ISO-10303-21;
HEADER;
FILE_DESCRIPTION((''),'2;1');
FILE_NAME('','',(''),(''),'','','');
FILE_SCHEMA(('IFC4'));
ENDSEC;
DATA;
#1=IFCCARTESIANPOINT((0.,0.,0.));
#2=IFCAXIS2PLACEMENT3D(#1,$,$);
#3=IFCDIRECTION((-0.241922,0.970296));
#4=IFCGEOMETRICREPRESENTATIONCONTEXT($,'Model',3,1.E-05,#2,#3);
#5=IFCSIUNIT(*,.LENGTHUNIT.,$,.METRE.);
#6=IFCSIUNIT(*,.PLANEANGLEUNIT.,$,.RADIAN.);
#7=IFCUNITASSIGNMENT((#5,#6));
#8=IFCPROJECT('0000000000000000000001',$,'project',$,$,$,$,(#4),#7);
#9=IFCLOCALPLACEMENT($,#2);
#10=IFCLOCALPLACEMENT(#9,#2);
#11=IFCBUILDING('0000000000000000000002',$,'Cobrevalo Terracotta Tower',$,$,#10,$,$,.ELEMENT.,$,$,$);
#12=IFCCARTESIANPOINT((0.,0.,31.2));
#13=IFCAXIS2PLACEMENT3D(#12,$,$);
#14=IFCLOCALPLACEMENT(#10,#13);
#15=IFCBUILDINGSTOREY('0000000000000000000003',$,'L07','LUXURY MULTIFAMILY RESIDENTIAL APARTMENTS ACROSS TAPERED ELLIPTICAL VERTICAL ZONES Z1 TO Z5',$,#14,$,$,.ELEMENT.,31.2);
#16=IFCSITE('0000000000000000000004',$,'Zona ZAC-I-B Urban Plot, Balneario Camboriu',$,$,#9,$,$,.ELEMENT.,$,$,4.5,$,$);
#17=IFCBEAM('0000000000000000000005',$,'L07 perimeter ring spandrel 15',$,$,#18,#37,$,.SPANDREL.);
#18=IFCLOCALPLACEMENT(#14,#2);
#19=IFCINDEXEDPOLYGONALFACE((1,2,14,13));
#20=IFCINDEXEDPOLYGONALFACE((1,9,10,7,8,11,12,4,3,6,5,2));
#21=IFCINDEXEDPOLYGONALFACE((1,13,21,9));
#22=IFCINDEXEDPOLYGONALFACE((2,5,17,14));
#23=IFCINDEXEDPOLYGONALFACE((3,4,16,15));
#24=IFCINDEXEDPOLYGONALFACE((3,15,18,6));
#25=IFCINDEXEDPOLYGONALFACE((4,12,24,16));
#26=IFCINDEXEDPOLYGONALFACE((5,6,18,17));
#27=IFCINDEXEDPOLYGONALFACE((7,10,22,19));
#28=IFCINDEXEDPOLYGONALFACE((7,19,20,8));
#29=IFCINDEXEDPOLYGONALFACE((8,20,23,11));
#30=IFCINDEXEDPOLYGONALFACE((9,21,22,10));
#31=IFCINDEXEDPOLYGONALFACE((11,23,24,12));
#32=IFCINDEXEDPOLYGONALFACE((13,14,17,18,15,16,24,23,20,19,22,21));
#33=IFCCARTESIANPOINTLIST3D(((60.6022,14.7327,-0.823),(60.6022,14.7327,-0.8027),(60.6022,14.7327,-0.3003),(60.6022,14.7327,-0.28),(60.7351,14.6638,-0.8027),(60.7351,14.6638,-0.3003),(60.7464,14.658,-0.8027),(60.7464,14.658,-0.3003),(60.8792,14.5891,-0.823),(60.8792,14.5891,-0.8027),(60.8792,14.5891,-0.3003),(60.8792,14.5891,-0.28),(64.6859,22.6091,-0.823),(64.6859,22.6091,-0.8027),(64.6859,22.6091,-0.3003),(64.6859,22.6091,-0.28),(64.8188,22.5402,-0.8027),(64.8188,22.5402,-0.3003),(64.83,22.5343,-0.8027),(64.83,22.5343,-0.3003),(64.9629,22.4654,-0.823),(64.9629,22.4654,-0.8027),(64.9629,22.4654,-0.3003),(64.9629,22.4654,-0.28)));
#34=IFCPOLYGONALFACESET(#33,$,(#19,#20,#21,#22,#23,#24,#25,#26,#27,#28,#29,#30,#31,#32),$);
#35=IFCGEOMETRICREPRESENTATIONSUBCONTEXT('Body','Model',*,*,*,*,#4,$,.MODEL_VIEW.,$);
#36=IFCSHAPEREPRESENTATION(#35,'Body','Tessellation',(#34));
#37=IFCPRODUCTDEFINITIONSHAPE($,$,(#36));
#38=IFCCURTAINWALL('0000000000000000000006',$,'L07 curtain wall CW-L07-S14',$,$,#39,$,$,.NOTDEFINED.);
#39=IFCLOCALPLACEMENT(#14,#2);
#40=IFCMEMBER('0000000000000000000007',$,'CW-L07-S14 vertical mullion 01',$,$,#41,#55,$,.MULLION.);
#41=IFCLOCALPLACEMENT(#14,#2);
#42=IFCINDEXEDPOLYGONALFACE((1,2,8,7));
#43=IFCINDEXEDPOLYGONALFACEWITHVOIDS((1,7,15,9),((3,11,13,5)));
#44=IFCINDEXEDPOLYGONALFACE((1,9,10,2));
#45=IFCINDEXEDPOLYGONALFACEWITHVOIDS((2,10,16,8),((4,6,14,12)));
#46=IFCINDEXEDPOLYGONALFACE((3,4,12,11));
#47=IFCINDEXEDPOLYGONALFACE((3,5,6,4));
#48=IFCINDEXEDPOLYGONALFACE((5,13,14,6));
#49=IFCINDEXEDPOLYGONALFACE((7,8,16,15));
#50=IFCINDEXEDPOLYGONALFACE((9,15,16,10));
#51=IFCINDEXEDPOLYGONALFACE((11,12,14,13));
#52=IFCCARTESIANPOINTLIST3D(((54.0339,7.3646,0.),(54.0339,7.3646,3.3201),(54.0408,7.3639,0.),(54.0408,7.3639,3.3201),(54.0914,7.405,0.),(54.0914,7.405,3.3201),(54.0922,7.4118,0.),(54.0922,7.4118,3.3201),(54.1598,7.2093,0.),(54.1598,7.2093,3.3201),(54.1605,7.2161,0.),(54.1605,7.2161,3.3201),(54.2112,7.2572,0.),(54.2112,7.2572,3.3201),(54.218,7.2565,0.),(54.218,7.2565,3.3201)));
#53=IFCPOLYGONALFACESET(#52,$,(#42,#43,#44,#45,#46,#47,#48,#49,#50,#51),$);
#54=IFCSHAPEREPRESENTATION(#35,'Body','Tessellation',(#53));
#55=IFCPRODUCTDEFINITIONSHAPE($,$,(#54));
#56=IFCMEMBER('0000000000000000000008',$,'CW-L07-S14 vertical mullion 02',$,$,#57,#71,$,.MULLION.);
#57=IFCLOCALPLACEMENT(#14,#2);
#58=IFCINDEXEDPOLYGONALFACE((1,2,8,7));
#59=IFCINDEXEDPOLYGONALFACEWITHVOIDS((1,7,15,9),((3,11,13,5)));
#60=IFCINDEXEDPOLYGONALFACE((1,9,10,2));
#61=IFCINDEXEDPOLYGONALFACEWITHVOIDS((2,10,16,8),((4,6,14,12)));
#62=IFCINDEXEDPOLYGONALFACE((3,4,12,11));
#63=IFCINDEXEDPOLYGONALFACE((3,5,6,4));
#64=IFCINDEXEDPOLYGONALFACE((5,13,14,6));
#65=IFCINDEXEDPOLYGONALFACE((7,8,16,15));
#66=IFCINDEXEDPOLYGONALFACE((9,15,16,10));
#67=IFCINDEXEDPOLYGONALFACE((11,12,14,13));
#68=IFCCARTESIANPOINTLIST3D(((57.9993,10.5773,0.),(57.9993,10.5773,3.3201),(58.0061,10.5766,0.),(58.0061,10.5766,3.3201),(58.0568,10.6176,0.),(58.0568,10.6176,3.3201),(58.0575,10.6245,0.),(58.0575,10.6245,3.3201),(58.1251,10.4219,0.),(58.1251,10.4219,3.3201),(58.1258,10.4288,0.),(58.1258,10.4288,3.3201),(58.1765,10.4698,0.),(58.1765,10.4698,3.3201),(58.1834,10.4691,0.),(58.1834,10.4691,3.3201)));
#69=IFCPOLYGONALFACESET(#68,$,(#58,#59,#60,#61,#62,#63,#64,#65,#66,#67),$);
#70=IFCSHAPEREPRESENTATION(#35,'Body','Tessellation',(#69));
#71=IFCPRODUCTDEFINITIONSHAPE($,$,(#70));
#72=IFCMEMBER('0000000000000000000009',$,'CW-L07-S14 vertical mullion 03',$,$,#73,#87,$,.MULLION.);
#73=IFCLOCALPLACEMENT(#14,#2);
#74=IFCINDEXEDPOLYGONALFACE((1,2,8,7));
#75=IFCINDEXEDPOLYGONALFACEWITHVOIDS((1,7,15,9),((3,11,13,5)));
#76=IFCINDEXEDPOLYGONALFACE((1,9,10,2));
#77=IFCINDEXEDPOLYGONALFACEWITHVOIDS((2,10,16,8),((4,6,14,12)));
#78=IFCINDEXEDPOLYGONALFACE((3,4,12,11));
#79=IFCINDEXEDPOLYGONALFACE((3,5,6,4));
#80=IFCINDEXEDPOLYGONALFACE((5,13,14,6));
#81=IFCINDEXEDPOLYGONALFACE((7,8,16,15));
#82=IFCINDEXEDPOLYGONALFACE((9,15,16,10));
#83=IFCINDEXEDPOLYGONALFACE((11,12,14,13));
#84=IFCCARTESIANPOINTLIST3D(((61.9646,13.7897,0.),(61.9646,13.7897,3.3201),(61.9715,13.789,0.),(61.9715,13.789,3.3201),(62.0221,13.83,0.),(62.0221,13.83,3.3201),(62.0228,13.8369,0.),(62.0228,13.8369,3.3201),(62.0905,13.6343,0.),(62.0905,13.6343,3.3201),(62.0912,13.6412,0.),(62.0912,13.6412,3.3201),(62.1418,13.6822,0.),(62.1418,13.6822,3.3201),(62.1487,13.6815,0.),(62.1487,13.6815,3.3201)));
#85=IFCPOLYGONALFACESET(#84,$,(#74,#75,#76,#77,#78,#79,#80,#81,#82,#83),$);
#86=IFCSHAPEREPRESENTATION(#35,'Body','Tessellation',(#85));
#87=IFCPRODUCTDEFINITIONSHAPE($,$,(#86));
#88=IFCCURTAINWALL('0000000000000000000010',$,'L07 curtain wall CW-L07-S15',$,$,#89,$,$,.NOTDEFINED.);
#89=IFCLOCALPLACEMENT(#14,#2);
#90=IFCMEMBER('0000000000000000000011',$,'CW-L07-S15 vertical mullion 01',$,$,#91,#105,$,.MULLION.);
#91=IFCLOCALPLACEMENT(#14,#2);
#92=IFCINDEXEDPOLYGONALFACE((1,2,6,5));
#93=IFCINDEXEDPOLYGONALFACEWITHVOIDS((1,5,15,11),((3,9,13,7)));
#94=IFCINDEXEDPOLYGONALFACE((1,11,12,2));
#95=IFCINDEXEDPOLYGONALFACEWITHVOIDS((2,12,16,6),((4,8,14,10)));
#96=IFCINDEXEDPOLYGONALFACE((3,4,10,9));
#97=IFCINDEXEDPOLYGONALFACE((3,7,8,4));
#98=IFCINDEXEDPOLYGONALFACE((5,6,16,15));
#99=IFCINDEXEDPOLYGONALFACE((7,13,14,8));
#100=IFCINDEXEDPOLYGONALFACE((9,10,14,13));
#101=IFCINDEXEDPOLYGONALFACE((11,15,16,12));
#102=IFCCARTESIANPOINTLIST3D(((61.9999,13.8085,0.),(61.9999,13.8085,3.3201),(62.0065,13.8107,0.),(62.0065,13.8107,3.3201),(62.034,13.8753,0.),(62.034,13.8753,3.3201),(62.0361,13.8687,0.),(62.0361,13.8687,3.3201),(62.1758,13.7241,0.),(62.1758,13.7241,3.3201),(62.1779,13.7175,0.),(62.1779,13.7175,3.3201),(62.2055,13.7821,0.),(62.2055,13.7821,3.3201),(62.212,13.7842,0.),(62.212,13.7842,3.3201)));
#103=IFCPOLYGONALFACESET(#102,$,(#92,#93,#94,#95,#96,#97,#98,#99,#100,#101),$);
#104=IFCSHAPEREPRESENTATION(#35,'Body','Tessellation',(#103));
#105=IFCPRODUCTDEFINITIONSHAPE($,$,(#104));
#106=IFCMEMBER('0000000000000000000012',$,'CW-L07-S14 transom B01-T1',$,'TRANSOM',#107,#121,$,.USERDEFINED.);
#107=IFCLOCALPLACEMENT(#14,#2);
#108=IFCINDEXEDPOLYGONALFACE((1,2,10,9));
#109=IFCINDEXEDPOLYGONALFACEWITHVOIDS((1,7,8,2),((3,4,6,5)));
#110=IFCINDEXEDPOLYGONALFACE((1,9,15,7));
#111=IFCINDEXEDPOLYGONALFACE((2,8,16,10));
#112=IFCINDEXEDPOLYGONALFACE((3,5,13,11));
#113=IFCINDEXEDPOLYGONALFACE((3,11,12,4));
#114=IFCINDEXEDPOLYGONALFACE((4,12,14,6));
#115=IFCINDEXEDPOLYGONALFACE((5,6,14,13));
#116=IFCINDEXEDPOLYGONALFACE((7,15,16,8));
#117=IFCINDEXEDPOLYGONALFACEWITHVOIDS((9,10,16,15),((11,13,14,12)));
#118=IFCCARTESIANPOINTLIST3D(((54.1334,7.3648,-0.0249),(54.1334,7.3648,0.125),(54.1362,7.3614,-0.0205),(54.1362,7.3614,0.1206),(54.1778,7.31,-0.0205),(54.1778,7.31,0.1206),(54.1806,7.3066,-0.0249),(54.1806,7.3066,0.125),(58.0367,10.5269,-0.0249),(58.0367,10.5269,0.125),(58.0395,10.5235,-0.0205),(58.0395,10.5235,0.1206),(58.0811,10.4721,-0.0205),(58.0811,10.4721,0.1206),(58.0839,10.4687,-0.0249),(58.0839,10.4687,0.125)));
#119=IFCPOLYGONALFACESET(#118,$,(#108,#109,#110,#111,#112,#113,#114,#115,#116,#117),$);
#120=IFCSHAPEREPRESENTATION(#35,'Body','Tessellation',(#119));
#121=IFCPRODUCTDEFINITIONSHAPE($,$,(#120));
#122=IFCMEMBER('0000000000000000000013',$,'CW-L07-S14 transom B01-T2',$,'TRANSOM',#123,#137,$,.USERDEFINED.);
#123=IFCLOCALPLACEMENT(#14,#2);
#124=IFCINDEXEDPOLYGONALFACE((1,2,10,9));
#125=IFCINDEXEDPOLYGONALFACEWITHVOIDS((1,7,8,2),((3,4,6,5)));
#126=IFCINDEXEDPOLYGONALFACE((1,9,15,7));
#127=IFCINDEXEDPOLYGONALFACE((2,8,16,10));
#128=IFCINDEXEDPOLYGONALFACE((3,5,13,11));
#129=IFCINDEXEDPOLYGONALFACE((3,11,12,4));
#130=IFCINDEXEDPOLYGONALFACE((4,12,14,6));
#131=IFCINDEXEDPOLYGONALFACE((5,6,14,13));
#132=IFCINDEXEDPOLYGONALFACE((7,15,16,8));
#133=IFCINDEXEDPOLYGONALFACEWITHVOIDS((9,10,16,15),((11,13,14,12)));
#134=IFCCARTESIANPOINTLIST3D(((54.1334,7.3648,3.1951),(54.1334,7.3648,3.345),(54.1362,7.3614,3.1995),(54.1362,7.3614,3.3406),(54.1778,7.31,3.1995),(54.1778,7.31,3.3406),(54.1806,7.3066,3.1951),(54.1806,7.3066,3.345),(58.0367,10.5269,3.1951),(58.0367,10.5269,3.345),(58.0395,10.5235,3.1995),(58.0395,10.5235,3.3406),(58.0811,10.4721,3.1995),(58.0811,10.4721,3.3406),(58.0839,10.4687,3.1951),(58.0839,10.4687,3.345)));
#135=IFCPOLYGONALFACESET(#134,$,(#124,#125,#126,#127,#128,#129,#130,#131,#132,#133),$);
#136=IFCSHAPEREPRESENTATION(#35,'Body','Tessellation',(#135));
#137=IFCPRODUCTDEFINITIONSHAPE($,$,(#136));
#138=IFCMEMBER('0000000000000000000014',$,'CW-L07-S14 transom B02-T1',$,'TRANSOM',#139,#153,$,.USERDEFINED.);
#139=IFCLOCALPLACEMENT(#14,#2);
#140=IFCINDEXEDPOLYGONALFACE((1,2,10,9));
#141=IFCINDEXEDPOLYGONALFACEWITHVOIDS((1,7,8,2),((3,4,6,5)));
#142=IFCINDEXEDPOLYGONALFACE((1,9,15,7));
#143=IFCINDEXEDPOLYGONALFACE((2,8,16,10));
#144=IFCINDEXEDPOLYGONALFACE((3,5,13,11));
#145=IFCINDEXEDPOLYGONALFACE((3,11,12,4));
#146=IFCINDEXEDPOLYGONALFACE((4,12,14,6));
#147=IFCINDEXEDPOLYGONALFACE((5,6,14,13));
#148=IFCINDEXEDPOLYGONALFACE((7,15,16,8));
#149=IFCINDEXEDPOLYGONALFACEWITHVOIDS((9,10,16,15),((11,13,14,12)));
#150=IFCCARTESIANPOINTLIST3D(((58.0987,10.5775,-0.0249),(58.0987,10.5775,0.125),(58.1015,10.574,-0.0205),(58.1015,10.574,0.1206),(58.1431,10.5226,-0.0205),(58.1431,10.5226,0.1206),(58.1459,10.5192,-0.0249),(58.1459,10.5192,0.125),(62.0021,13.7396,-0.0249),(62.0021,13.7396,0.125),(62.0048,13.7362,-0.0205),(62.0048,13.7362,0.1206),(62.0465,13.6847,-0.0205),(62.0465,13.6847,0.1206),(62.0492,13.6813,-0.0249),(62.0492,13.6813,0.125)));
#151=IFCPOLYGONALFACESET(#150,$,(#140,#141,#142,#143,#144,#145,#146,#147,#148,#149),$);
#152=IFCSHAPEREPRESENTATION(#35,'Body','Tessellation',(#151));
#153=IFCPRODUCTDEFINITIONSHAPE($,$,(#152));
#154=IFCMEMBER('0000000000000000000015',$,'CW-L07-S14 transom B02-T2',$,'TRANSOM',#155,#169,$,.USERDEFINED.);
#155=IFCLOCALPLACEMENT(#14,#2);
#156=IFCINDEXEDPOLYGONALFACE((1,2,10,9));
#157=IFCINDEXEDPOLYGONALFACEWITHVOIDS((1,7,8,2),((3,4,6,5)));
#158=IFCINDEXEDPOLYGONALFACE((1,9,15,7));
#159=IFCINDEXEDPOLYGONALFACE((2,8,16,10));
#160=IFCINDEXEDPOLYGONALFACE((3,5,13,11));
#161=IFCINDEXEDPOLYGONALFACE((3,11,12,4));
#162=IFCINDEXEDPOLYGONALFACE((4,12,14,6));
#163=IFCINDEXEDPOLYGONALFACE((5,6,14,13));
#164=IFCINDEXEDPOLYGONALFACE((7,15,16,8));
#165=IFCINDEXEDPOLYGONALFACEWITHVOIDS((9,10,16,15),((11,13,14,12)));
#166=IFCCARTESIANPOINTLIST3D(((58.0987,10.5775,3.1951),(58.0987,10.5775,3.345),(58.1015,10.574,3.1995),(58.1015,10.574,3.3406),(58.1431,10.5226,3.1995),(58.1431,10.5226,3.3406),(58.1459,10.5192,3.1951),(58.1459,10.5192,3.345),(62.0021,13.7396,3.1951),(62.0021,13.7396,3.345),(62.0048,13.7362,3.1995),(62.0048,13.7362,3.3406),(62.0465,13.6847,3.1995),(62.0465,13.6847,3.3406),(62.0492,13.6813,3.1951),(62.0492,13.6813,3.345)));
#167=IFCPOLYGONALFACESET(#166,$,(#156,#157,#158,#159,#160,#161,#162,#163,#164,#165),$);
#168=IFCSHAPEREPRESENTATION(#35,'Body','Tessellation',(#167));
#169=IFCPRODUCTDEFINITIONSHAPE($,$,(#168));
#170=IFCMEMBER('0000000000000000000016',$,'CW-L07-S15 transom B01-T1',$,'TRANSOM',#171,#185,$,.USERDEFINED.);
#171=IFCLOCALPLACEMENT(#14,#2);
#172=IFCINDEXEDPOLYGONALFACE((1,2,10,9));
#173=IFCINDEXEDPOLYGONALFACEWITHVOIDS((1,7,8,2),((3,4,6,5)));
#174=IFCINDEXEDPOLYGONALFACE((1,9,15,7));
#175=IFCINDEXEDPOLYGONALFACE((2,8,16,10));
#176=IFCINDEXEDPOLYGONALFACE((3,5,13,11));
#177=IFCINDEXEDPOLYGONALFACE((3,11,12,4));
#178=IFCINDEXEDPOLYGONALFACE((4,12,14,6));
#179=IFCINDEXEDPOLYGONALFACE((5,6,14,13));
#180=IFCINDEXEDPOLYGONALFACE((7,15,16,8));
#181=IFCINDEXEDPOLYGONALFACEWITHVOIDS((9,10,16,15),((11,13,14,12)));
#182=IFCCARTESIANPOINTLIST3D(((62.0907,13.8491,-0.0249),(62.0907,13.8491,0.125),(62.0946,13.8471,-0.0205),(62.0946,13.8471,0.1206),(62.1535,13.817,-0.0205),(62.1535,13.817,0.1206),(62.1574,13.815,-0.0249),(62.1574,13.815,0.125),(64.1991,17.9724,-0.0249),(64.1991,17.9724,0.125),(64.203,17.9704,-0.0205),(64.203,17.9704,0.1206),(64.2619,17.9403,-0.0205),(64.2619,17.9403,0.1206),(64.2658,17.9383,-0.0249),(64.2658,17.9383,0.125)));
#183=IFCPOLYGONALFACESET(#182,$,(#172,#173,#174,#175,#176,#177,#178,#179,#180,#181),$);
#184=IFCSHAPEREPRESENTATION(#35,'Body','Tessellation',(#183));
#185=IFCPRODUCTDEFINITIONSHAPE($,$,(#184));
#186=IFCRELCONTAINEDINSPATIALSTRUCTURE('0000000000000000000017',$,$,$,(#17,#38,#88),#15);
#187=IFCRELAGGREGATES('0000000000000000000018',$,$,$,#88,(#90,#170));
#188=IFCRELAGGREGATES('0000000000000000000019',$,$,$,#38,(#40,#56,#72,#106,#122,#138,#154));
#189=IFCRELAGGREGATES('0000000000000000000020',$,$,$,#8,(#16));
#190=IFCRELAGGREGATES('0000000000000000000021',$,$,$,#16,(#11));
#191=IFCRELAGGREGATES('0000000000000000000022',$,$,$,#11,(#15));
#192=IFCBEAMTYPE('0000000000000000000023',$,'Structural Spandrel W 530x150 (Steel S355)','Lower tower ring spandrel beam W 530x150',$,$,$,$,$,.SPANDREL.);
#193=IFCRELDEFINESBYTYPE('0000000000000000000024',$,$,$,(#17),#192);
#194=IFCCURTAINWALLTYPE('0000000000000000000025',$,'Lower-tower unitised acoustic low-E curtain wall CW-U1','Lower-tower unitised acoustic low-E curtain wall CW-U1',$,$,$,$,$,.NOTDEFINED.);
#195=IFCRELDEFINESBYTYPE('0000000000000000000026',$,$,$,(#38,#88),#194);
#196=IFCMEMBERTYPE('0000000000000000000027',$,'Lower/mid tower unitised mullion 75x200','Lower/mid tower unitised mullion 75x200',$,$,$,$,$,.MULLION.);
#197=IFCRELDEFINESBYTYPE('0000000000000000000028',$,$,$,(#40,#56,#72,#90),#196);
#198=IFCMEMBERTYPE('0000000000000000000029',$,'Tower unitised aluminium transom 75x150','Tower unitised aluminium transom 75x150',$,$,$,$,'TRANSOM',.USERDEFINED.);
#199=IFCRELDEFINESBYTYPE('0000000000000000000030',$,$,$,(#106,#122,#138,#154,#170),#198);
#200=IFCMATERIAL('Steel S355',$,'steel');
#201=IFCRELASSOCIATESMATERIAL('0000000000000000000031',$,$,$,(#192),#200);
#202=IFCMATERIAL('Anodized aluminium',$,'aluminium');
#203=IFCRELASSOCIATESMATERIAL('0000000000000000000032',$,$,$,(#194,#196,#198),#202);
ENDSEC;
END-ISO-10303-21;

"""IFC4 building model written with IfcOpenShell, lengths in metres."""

from ifc_helpers import new_model, si_unit, direction, frame, origin, origin_2d, place, context, subcontext, project, spatial, hollow_rectangle, i_section, extrude, source, transform, mapped, material, material_profile, profile_set, type_object, element, aggregate, save


model = new_model("IFC4")

# Units and contexts
model_context = context("Model", 3, precision=1e-05, world=origin(), true_north=direction((-0.241922, 0.970296)))
body_context = subcontext(model_context, "Body", "Model", "MODEL_VIEW")
ifc_project = project(units=[si_unit("LENGTHUNIT", "METRE"), si_unit("PLANEANGLEUNIT", "RADIAN")], contexts=[model_context])

# Site, building, storey
site_placement = place(None, origin())
site = spatial("IfcSite", under=ifc_project, at=site_placement, Name="Zona ZAC-I-B Urban Plot, Balneario Camboriu", CompositionType="ELEMENT", RefElevation=4.5)
building_placement = place(site_placement, origin())
building = spatial("IfcBuilding", under=site, at=building_placement, Name="Cobrevalo Terracotta Tower", CompositionType="ELEMENT")
storey_placement = place(building_placement, frame((0.0, 0.0, 31.2)))
storey = spatial("IfcBuildingStorey", under=building, at=storey_placement, Name="L07", Description="LUXURY MULTIFAMILY RESIDENTIAL APARTMENTS ACROSS TAPERED ELLIPTICAL VERTICAL ZONES Z1 TO Z5", CompositionType="ELEMENT", Elevation=31.2)

# Shared definitions
ifc_material_1 = material(Name="Steel S355", Category="steel")

# Beam
ifc_material_profile_1 = material_profile(ifc_material_1, i_section(OverallWidth=0.312, OverallDepth=0.543, WebThickness=0.0127, FlangeThickness=0.0203, at=origin_2d()), Name="W 530x150")
ifc_profile_set_1 = profile_set([ifc_material_profile_1], Name="Steel S355")
beam_type_1 = type_object("IfcBeamType", Name="Structural Spandrel W 530x150 (Steel S355)", Description="Lower tower ring spandrel beam W 530x150", PredefinedType="SPANDREL", material=ifc_profile_set_1)
beam_1_placement = place(storey_placement, frame((60.7407, 14.6609, -0.5515), z_axis=(0.460286, 0.887771, 0.0), x_axis=(-0.887771, 0.460286, 0.0)))
element("IfcBeam", 1, at=beam_1_placement, inside=storey, type_object=beam_type_1, Name="L07 perimeter ring spandrel 15", PredefinedType="SPANDREL", context=body_context, shape_type="SweptSolid", body=[
    extrude(i_section(OverallWidth=0.312, OverallDepth=0.543, WebThickness=0.0127, FlangeThickness=0.0203, at=origin_2d()), origin(), (0.0, 0.0, 1.0), 8.8721),
])

# Curtain wall, members
ifc_material_2 = material(Name="Anodized aluminium", Category="aluminium")
curtain_wall_type = type_object("IfcCurtainWallType", Name="Lower-tower unitised acoustic low-E curtain wall CW-U1", Description="Lower-tower unitised acoustic low-E curtain wall CW-U1", PredefinedType="NOTDEFINED", material=ifc_material_2)
curtain_wall_1_placement = place(storey_placement, origin())
curtain_wall_1 = element("IfcCurtainWall", 2, at=curtain_wall_1_placement, inside=storey, type_object=curtain_wall_type, Name="L07 curtain wall CW-L07-S14", PredefinedType="NOTDEFINED")
ifc_material_profile_2 = material_profile(ifc_material_2, hollow_rectangle(XDim=0.075, YDim=0.2, WallThickness=0.0049, at=origin_2d()), Name="CWM 75x200")
ifc_profile_set_2 = profile_set([ifc_material_profile_2], Name="Anodized aluminium")
member_type_1 = type_object("IfcMemberType", Name="Lower/mid tower unitised mullion 75x200", Description="Lower/mid tower unitised mullion 75x200", PredefinedType="MULLION", material=ifc_profile_set_2)
shared_shape_1 = source(origin(), body_context, "Body", "SweptSolid", [
    extrude(hollow_rectangle(XDim=0.075, YDim=0.2, WallThickness=0.0049, at=origin_2d()), origin(), (0.0, 0.0, 1.0), 3.3201),
])
member_1_placement = place(storey_placement, frame((54.126, 7.3105, 0.0), z_axis=(0.0, 0.0, 1.0), x_axis=(0.777003, 0.629497, 0.0)))
member_1 = element("IfcMember", 3, at=member_1_placement, type_object=member_type_1, Name="CW-L07-S14 vertical mullion 01", PredefinedType="MULLION", context=body_context, shape_type="MappedRepresentation", body=[
    mapped(shared_shape_1, transform((0.0, 0.0, 0.0), scale=1.0)),
])
member_2_placement = place(storey_placement, frame((58.0913, 10.5232, 0.0), z_axis=(0.0, 0.0, 1.0), x_axis=(0.777003, 0.629497, 0.0)))
member_2 = element("IfcMember", 4, at=member_2_placement, type_object=member_type_1, Name="CW-L07-S14 vertical mullion 02", PredefinedType="MULLION", context=body_context, shape_type="MappedRepresentation", body=[
    mapped(shared_shape_1, transform((0.0, 0.0, 0.0), scale=1.0)),
])
member_3_placement = place(storey_placement, frame((62.0566, 13.7356, 0.0), z_axis=(0.0, 0.0, 1.0), x_axis=(0.777003, 0.629497, 0.0)))
member_3 = element("IfcMember", 5, at=member_3_placement, type_object=member_type_1, Name="CW-L07-S14 vertical mullion 03", PredefinedType="MULLION", context=body_context, shape_type="MappedRepresentation", body=[
    mapped(shared_shape_1, transform((0.0, 0.0, 0.0), scale=1.0)),
])

# Curtain wall, member
curtain_wall_2_placement = place(storey_placement, origin())
curtain_wall_2 = element("IfcCurtainWall", 6, at=curtain_wall_2_placement, inside=storey, type_object=curtain_wall_type, Name="L07 curtain wall CW-L07-S15", PredefinedType="NOTDEFINED")
member_4_placement = place(storey_placement, frame((62.106, 13.7964, 0.0), z_axis=(0.0, 0.0, 1.0), x_axis=(0.455234, 0.890372, 0.0)))
member_4 = element("IfcMember", 7, at=member_4_placement, type_object=member_type_1, Name="CW-L07-S15 vertical mullion 01", PredefinedType="MULLION", context=body_context, shape_type="MappedRepresentation", body=[
    mapped(shared_shape_1, transform((0.0, 0.0, 0.0), scale=1.0)),
])

# Members
ifc_material_profile_3 = material_profile(ifc_material_2, hollow_rectangle(XDim=0.075, YDim=0.1499, WallThickness=0.0044, at=origin_2d()), Name="CWT 75x150")
ifc_profile_set_3 = profile_set([ifc_material_profile_3], Name="Anodized aluminium")
member_type_2 = type_object("IfcMemberType", Name="Tower unitised aluminium transom 75x150", Description="Tower unitised aluminium transom 75x150", ElementType="TRANSOM", PredefinedType="USERDEFINED", material=ifc_profile_set_3)
shared_shape_2 = source(origin(), body_context, "Body", "SweptSolid", [
    extrude(hollow_rectangle(XDim=0.075, YDim=0.1499, WallThickness=0.0044, at=origin_2d()), origin(), (0.0, 0.0, 1.0), 5.0234),
])
member_5_placement = place(storey_placement, frame((54.157, 7.3357, 0.05), z_axis=(0.777023, 0.629472, 0.0), x_axis=(-0.629472, 0.777023, 0.0)))
member_5 = element("IfcMember", 8, at=member_5_placement, type_object=member_type_2, Name="CW-L07-S14 transom B01-T1", ObjectType="TRANSOM", PredefinedType="USERDEFINED", context=body_context, shape_type="MappedRepresentation", body=[
    mapped(shared_shape_2, transform((0.0, 0.0, 0.0), scale=1.0)),
])
member_6_placement = place(storey_placement, frame((54.157, 7.3357, 3.27), z_axis=(0.777023, 0.629472, 0.0), x_axis=(-0.629472, 0.777023, 0.0)))
member_6 = element("IfcMember", 9, at=member_6_placement, type_object=member_type_2, Name="CW-L07-S14 transom B01-T2", ObjectType="TRANSOM", PredefinedType="USERDEFINED", context=body_context, shape_type="MappedRepresentation", body=[
    mapped(shared_shape_2, transform((0.0, 0.0, 0.0), scale=1.0)),
])
member_7_placement = place(storey_placement, frame((58.1223, 10.5483, 0.05), z_axis=(0.777023, 0.629472, 0.0), x_axis=(-0.629472, 0.777023, 0.0)))
member_7 = element("IfcMember", 10, at=member_7_placement, type_object=member_type_2, Name="CW-L07-S14 transom B02-T1", ObjectType="TRANSOM", PredefinedType="USERDEFINED", context=body_context, shape_type="MappedRepresentation", body=[
    mapped(shared_shape_2, transform((0.0, 0.0, 0.0), scale=1.0)),
])
member_8_placement = place(storey_placement, frame((58.1223, 10.5483, 3.27), z_axis=(0.777023, 0.629472, 0.0), x_axis=(-0.629472, 0.777023, 0.0)))
member_8 = element("IfcMember", 11, at=member_8_placement, type_object=member_type_2, Name="CW-L07-S14 transom B02-T2", ObjectType="TRANSOM", PredefinedType="USERDEFINED", context=body_context, shape_type="MappedRepresentation", body=[
    mapped(shared_shape_2, transform((0.0, 0.0, 0.0), scale=1.0)),
])
shared_shape_3 = source(origin(), body_context, "Body", "SweptSolid", [
    extrude(hollow_rectangle(XDim=0.075, YDim=0.1499, WallThickness=0.0044, at=origin_2d()), origin(), (0.0, 0.0, 1.0), 4.6311),
])
member_9_placement = place(storey_placement, frame((62.124, 13.832, 0.05), z_axis=(0.455272, 0.890353, 0.0), x_axis=(-0.890353, 0.455272, 0.0)))
member_9 = element("IfcMember", 12, at=member_9_placement, type_object=member_type_2, Name="CW-L07-S15 transom B01-T1", ObjectType="TRANSOM", PredefinedType="USERDEFINED", context=body_context, shape_type="MappedRepresentation", body=[
    mapped(shared_shape_3, transform((0.0, 0.0, 0.0), scale=1.0)),
])
aggregate(curtain_wall_2, [member_4, member_9])

aggregate(curtain_wall_1, [member_1, member_2, member_3, member_5, member_6, member_7, member_8])

save(model, "model.ifc")
